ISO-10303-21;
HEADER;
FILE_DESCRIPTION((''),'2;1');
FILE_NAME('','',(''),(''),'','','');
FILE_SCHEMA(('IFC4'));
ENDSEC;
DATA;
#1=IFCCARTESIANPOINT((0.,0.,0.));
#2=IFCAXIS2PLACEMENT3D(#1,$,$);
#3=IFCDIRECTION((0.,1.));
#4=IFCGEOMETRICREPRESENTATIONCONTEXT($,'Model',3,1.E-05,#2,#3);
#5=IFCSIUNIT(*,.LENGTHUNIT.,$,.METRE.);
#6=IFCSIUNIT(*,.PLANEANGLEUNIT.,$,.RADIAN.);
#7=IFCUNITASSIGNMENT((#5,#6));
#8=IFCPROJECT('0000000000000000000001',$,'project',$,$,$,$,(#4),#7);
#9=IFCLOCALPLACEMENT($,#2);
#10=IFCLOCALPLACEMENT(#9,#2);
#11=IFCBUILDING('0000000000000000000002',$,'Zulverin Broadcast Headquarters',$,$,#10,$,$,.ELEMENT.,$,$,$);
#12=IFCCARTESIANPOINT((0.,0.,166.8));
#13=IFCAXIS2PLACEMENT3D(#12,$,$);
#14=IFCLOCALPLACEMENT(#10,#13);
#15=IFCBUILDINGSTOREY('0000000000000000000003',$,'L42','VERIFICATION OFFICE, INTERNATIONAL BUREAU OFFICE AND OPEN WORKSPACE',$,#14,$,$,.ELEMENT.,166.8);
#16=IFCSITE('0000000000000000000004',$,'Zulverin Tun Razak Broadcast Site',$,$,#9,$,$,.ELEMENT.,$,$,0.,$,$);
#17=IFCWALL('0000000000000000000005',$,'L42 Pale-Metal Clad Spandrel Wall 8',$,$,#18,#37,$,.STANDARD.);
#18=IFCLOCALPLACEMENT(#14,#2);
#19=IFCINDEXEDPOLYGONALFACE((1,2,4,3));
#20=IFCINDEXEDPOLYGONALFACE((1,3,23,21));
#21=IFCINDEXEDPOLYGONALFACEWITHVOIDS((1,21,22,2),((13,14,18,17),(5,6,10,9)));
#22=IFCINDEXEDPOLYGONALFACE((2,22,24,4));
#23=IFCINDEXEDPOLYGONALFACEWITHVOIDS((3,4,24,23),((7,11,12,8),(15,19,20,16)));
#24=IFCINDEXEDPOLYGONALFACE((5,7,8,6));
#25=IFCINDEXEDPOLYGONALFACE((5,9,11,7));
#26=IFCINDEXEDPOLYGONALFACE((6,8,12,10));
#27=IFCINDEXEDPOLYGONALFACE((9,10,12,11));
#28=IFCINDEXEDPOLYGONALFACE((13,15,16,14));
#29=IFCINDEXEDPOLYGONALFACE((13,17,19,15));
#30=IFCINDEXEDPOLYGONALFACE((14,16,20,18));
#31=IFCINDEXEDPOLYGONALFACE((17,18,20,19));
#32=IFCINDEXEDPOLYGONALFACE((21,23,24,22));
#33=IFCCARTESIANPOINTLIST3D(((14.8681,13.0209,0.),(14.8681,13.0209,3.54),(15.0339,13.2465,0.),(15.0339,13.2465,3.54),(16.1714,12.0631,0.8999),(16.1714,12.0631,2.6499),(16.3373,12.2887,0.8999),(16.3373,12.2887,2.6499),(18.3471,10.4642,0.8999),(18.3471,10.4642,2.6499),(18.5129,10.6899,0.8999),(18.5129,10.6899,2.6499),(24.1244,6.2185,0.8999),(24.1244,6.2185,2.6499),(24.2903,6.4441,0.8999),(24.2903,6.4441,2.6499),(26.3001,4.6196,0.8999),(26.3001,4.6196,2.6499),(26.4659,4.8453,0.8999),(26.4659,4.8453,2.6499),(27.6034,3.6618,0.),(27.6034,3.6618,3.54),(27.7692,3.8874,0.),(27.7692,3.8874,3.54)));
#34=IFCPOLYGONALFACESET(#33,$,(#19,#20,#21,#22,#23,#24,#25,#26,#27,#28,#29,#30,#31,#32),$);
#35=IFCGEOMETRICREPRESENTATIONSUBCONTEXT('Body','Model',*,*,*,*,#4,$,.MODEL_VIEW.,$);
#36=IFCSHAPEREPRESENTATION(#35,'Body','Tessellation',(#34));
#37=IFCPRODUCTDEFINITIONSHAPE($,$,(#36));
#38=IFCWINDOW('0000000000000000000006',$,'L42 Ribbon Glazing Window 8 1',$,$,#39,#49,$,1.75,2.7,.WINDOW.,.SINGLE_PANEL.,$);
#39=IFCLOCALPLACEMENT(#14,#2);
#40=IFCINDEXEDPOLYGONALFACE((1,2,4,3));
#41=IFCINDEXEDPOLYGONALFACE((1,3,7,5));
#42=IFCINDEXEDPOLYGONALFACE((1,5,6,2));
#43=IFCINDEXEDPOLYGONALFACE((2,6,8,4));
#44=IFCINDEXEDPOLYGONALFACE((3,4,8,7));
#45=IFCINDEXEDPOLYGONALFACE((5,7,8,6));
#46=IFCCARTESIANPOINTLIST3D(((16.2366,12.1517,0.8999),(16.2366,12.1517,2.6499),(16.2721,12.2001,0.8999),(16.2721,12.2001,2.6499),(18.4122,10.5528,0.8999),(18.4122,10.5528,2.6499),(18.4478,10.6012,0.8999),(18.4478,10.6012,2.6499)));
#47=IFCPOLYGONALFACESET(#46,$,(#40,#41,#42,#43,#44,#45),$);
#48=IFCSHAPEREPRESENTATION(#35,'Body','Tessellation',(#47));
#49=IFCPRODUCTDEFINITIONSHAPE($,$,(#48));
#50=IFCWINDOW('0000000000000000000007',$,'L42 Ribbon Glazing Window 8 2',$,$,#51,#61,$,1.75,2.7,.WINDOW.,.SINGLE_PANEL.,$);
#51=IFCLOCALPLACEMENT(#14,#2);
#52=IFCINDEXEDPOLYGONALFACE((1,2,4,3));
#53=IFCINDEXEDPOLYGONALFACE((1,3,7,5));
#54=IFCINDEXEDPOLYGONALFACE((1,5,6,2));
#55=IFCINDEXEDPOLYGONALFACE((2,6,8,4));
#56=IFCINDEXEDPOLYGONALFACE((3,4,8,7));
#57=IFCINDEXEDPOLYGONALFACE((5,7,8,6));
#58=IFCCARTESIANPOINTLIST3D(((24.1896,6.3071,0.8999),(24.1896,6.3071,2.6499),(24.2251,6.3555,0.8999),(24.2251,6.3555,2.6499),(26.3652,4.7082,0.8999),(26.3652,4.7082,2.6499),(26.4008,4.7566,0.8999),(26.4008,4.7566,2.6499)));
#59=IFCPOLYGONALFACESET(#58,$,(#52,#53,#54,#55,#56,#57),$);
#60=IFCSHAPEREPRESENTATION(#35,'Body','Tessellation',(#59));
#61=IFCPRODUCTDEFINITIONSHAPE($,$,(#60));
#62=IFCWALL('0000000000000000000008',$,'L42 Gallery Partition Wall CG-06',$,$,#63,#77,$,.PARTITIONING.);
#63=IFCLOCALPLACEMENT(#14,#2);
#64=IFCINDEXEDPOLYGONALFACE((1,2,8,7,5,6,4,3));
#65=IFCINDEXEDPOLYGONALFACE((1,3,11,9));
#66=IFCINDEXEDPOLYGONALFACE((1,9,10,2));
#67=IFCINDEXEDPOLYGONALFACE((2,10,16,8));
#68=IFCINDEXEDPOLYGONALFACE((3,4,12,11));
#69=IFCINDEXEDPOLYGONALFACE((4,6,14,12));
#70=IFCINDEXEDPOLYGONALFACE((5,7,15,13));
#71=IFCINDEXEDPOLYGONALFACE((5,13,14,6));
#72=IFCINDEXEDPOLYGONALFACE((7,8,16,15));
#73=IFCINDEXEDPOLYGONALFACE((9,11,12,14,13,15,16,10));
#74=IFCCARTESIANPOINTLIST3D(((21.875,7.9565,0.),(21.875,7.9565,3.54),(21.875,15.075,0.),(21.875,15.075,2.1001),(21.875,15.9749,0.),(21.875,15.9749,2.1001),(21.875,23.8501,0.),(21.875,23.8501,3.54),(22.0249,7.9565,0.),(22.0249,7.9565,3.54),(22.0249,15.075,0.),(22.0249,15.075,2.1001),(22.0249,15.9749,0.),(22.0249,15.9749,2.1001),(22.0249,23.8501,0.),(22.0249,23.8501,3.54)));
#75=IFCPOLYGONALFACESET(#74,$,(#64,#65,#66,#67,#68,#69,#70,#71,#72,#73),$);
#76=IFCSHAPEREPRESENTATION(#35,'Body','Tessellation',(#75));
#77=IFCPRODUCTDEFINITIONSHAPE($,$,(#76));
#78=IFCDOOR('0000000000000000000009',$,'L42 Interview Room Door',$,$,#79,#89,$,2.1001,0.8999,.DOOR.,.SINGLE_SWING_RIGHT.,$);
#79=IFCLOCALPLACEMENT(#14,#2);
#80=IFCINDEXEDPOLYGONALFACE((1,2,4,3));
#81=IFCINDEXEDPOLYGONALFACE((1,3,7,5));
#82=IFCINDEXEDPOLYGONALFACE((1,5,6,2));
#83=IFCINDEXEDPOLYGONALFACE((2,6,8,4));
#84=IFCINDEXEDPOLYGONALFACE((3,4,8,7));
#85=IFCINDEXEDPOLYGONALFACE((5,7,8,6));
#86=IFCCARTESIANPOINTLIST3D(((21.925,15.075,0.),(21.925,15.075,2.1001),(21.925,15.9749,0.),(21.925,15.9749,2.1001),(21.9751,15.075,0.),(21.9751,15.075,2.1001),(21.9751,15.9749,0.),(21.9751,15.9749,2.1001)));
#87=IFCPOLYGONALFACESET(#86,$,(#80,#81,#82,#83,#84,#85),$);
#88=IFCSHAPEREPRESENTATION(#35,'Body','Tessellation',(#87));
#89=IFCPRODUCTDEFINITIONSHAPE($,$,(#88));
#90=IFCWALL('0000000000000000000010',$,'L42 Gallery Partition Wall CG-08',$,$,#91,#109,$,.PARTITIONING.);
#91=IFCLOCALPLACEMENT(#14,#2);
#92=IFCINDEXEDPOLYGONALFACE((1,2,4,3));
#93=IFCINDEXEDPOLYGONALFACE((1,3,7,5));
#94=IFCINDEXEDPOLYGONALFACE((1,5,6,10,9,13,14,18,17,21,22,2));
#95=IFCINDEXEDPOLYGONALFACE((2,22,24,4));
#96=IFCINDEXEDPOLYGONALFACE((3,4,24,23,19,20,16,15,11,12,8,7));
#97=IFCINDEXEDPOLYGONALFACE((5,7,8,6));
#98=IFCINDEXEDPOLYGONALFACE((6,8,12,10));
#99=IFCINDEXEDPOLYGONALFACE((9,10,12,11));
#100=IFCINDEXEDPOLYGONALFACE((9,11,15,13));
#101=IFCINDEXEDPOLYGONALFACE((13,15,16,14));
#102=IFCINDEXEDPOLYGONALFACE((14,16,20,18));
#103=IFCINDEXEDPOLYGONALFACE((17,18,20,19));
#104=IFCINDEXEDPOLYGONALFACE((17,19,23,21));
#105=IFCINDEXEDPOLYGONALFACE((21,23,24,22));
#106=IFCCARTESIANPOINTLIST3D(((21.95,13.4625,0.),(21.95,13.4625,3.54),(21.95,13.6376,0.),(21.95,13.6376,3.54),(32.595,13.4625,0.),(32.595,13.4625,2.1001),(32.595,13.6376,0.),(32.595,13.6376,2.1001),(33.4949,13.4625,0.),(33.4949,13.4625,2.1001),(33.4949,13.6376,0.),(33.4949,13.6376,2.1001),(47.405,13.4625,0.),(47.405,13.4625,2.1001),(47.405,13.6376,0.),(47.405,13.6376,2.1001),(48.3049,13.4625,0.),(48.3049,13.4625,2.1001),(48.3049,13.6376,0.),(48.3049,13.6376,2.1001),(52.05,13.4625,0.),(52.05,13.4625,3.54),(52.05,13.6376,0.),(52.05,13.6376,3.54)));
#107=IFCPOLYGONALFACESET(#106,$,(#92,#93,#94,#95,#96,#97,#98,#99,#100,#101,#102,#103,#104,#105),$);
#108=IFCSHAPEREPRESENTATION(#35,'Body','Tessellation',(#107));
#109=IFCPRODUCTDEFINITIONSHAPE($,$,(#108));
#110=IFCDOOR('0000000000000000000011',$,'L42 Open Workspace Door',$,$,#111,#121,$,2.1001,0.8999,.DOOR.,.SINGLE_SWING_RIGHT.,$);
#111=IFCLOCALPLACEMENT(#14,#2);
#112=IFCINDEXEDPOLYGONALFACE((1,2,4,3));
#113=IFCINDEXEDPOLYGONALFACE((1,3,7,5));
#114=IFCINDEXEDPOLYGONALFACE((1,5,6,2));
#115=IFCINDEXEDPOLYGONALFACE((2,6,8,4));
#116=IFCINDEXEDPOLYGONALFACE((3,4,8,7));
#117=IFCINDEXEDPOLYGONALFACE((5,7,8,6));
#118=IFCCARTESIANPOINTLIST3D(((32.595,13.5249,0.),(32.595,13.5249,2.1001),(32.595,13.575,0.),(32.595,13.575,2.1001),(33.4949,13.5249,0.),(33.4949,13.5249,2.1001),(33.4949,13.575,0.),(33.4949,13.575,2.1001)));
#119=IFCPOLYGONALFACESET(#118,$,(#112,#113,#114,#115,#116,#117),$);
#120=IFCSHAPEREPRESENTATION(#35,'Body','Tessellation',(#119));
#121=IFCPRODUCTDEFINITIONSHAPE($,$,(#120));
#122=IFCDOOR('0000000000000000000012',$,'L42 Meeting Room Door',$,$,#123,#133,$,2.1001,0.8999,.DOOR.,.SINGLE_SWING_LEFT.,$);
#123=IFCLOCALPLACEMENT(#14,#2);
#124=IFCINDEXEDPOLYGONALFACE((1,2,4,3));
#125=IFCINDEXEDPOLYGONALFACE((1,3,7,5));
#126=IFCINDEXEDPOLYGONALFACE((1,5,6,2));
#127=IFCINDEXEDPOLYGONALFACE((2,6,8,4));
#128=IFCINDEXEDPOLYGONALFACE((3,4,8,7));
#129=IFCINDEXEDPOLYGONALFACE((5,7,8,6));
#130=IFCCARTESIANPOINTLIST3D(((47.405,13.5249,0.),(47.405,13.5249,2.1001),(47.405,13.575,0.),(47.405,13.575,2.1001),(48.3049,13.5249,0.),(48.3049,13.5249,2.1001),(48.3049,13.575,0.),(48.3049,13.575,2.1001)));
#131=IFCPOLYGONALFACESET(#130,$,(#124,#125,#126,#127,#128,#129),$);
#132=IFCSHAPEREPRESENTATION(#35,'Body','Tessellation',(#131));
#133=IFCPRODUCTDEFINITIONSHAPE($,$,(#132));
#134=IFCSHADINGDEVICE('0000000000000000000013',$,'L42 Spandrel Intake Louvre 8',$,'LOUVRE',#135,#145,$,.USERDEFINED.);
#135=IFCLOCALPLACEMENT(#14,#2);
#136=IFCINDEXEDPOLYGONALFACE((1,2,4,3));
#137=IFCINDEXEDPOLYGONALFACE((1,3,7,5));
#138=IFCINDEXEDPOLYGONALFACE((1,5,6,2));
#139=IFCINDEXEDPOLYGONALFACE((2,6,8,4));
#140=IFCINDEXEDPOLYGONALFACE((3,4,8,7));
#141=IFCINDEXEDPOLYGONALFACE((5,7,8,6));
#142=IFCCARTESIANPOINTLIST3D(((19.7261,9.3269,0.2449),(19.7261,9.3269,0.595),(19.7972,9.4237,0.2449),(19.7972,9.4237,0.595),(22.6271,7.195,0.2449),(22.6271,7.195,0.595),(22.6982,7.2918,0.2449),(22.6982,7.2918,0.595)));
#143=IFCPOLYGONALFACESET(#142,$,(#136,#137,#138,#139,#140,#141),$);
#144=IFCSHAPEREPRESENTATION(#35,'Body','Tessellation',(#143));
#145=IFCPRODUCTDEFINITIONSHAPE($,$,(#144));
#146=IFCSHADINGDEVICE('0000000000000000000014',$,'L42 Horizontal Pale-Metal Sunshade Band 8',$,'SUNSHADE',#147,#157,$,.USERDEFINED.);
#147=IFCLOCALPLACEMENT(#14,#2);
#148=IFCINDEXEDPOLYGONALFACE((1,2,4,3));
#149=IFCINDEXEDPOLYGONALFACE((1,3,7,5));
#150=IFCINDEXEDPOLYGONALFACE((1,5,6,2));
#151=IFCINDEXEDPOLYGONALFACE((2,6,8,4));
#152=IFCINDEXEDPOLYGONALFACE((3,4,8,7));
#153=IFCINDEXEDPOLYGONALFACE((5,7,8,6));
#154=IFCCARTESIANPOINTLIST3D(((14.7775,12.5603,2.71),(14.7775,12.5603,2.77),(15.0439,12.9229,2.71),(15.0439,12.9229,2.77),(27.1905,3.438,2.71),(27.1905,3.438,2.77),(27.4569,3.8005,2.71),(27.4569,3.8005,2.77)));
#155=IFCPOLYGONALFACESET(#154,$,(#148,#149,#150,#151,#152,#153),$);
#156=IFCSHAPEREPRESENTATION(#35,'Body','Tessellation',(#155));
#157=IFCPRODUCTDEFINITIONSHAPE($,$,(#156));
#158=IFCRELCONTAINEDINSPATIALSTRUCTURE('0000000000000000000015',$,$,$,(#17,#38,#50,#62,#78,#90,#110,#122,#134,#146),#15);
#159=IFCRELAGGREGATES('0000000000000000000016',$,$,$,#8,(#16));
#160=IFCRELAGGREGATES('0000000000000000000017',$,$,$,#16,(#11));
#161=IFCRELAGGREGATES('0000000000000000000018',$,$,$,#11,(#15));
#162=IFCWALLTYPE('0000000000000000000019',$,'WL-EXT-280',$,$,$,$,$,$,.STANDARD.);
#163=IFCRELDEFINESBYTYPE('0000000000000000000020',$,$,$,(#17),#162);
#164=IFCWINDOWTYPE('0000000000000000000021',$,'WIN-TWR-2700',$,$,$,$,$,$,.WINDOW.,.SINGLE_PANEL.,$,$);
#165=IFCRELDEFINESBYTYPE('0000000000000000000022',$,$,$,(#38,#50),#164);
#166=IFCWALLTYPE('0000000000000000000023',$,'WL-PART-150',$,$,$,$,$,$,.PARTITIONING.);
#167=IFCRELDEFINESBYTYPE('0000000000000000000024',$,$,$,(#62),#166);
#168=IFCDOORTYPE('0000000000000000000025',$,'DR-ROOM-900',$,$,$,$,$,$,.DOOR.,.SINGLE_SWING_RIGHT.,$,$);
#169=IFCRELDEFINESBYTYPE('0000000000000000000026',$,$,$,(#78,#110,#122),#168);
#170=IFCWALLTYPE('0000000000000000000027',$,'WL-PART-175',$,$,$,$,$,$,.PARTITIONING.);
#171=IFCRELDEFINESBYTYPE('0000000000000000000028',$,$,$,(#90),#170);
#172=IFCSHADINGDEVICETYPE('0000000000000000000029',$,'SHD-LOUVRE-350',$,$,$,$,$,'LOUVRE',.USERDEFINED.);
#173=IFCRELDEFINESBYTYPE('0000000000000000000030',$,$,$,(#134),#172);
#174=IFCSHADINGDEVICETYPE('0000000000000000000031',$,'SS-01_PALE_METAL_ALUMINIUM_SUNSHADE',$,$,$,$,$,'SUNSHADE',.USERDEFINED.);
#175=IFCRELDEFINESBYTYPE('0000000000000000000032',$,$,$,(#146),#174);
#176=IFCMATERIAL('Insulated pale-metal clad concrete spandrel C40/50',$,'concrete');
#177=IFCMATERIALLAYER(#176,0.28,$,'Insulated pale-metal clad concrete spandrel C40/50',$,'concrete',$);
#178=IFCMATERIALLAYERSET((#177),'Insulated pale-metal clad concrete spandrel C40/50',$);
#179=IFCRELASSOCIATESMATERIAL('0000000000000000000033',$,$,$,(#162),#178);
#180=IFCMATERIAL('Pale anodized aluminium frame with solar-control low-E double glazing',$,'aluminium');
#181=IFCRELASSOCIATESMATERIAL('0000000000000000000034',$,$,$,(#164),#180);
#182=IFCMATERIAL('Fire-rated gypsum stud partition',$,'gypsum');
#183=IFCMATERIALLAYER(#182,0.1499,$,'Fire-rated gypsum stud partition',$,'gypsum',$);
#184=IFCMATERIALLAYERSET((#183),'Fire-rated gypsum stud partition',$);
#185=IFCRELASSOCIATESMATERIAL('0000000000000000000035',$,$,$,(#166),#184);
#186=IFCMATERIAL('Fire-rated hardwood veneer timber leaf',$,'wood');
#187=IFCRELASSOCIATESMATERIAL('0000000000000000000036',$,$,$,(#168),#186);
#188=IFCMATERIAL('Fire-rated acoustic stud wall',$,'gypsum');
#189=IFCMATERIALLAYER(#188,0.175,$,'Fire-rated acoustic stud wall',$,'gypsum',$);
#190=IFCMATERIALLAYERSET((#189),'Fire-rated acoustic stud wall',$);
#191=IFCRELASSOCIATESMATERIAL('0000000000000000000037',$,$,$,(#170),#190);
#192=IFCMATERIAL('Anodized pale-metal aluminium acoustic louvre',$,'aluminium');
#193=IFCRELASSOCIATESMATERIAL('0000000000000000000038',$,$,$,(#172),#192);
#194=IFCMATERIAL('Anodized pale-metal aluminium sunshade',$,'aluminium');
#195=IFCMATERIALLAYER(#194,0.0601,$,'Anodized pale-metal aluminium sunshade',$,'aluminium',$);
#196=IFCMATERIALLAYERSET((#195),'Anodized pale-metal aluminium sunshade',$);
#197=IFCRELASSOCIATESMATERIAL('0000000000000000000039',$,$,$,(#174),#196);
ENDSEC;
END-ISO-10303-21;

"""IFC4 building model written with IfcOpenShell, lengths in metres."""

from ifc_helpers import new_model, si_unit, direction, frame, frame_2d, origin, origin_2d, place, context, subcontext, project, spatial, rectangle, extrude, material, layer, layer_set, type_object, element, fill, save


model = new_model("IFC4")

# Units and contexts
model_context = context("Model", 3, precision=1e-05, world=origin(), true_north=direction((0.0, 1.0)))
body_context = subcontext(model_context, "Body", "Model", "MODEL_VIEW")
ifc_project = project(units=[si_unit("LENGTHUNIT", "METRE"), si_unit("PLANEANGLEUNIT", "RADIAN")], contexts=[model_context])

# Site, building, storey
site_placement = place(None, origin())
site = spatial("IfcSite", under=ifc_project, at=site_placement, Name="Zulverin Tun Razak Broadcast Site", CompositionType="ELEMENT", RefElevation=0.0)
building_placement = place(site_placement, origin())
building = spatial("IfcBuilding", under=site, at=building_placement, Name="Zulverin Broadcast Headquarters", CompositionType="ELEMENT")
storey_placement = place(building_placement, frame((0.0, 0.0, 166.8)))
storey = spatial("IfcBuildingStorey", under=building, at=storey_placement, Name="L42", Description="VERIFICATION OFFICE, INTERNATIONAL BUREAU OFFICE AND OPEN WORKSPACE", CompositionType="ELEMENT", Elevation=166.8)

# Wall, openings, windows
ifc_material_1 = material(Name="Insulated pale-metal clad concrete spandrel C40/50", Category="concrete")
ifc_layer_1 = layer(ifc_material_1, 0.28, Name="Insulated pale-metal clad concrete spandrel C40/50", Category="concrete")
ifc_layer_set_1 = layer_set([ifc_layer_1], Name="Insulated pale-metal clad concrete spandrel C40/50")
wall_type_1 = type_object("IfcWallType", Name="WL-EXT-280", PredefinedType="STANDARD", material=ifc_layer_set_1)
wall_1_placement = place(storey_placement, frame((14.9509, 13.1338, 0.0), z_axis=(0.0, 0.0, 1.0), x_axis=(0.805805, -0.592181, 0.0)))
wall_1 = element("IfcWall", 1, at=wall_1_placement, inside=storey, type_object=wall_type_1, Name="L42 Pale-Metal Clad Spandrel Wall 8", PredefinedType="STANDARD", context=body_context, shape_type="SweptSolid", body=[
    extrude(rectangle(XDim=15.8044, YDim=0.28, at=frame_2d((7.9023, 0.0))), origin(), (0.0, 0.0, 1.0), 3.54),
])
opening_1_placement = place(wall_1_placement, frame((1.6174, 0.0, 0.8999)))
opening_1 = element("IfcOpeningElement", 2, at=opening_1_placement, cuts=wall_1, PredefinedType="OPENING", context=body_context, shape_type="SweptSolid", body=[
    extrude(rectangle(XDim=2.7, YDim=1.75, at=frame_2d((1.3501, 0.875))), frame((0.0, 0.1499, 0.0), z_axis=(0.0, -1.0, 0.0), x_axis=(1.0, 0.0, 0.0)), (0.0, 0.0, 1.0), 0.3),
])
opening_2_placement = place(wall_1_placement, frame((11.4871, 0.0, 0.8999)))
opening_2 = element("IfcOpeningElement", 3, at=opening_2_placement, cuts=wall_1, PredefinedType="OPENING", context=body_context, shape_type="SweptSolid", body=[
    extrude(rectangle(XDim=2.7, YDim=1.75, at=frame_2d((1.3501, 0.875))), frame((0.0, 0.1499, 0.0), z_axis=(0.0, -1.0, 0.0), x_axis=(1.0, 0.0, 0.0)), (0.0, 0.0, 1.0), 0.3),
])
ifc_material_2 = material(Name="Pale anodized aluminium frame with solar-control low-E double glazing", Category="aluminium")
window_type = type_object("IfcWindowType", Name="WIN-TWR-2700", PartitioningType="SINGLE_PANEL", PredefinedType="WINDOW", material=ifc_material_2)
window_1_placement = place(opening_1_placement, origin())
window_1 = element("IfcWindow", 4, at=window_1_placement, inside=storey, type_object=window_type, Name="L42 Ribbon Glazing Window 8 1", OverallHeight=1.75, OverallWidth=2.7, PartitioningType="SINGLE_PANEL", PredefinedType="WINDOW", context=body_context, shape_type="SweptSolid", body=[
    extrude(rectangle(XDim=2.7, YDim=1.75, at=frame_2d((1.3501, 0.875))), frame((0.0, 0.03, 0.0), z_axis=(0.0, -1.0, 0.0), x_axis=(1.0, 0.0, 0.0)), (0.0, 0.0, 1.0), 0.0601),
])
fill(opening_1, window_1)
window_2_placement = place(opening_2_placement, origin())
window_2 = element("IfcWindow", 5, at=window_2_placement, inside=storey, type_object=window_type, Name="L42 Ribbon Glazing Window 8 2", OverallHeight=1.75, OverallWidth=2.7, PartitioningType="SINGLE_PANEL", PredefinedType="WINDOW", context=body_context, shape_type="SweptSolid", body=[
    extrude(rectangle(XDim=2.7, YDim=1.75, at=frame_2d((1.3501, 0.875))), frame((0.0, 0.03, 0.0), z_axis=(0.0, -1.0, 0.0), x_axis=(1.0, 0.0, 0.0)), (0.0, 0.0, 1.0), 0.0601),
])
fill(opening_2, window_2)

# Wall, opening, door
ifc_material_3 = material(Name="Fire-rated gypsum stud partition", Category="gypsum")
ifc_layer_2 = layer(ifc_material_3, 0.1499, Name="Fire-rated gypsum stud partition", Category="gypsum")
ifc_layer_set_2 = layer_set([ifc_layer_2], Name="Fire-rated gypsum stud partition")
wall_type_2 = type_object("IfcWallType", Name="WL-PART-150", PredefinedType="PARTITIONING", material=ifc_layer_set_2)
wall_2_placement = place(storey_placement, frame((21.95, 7.9565, 0.0), z_axis=(0.0, 0.0, 1.0), x_axis=(0.0, 1.0, 0.0)))
wall_2 = element("IfcWall", 6, at=wall_2_placement, inside=storey, type_object=wall_type_2, Name="L42 Gallery Partition Wall CG-06", PredefinedType="PARTITIONING", context=body_context, shape_type="SweptSolid", body=[
    extrude(rectangle(XDim=15.8936, YDim=0.1499, at=frame_2d((7.9468, 0.0))), origin(), (0.0, 0.0, 1.0), 3.54),
])
opening_3_placement = place(wall_2_placement, frame((7.1184, 0.0, 0.0)))
opening_3 = element("IfcOpeningElement", 7, at=opening_3_placement, cuts=wall_2, PredefinedType="OPENING", context=body_context, shape_type="SweptSolid", body=[
    extrude(rectangle(XDim=0.8999, YDim=2.1001, at=frame_2d((0.45, 1.05))), frame((0.0, 0.085, 0.0), z_axis=(0.0, -1.0, 0.0), x_axis=(1.0, 0.0, 0.0)), (0.0, 0.0, 1.0), 0.1699),
])
ifc_material_4 = material(Name="Fire-rated hardwood veneer timber leaf", Category="wood")
door_type_1 = type_object("IfcDoorType", Name="DR-ROOM-900", OperationType="SINGLE_SWING_RIGHT", PredefinedType="DOOR", material=ifc_material_4)
door_1_placement = place(opening_3_placement, origin())
door_1 = element("IfcDoor", 8, at=door_1_placement, inside=storey, type_object=door_type_1, Name="L42 Interview Room Door", OperationType="SINGLE_SWING_RIGHT", OverallHeight=2.1001, OverallWidth=0.8999, PredefinedType="DOOR", context=body_context, shape_type="SweptSolid", body=[
    extrude(rectangle(XDim=0.8999, YDim=2.1001, at=frame_2d((0.45, 1.05))), frame((0.0, 0.0249, 0.0), z_axis=(0.0, -1.0, 0.0), x_axis=(1.0, 0.0, 0.0)), (0.0, 0.0, 1.0), 0.05),
])
fill(opening_3, door_1)

# Wall, openings, doors
ifc_material_5 = material(Name="Fire-rated acoustic stud wall", Category="gypsum")
ifc_layer_3 = layer(ifc_material_5, 0.175, Name="Fire-rated acoustic stud wall", Category="gypsum")
ifc_layer_set_3 = layer_set([ifc_layer_3], Name="Fire-rated acoustic stud wall")
wall_type_3 = type_object("IfcWallType", Name="WL-PART-175", PredefinedType="PARTITIONING", material=ifc_layer_set_3)
wall_3_placement = place(storey_placement, frame((21.95, 13.55, 0.0), z_axis=(0.0, 0.0, 1.0), x_axis=(1.0, 0.0, 0.0)))
wall_3 = element("IfcWall", 9, at=wall_3_placement, inside=storey, type_object=wall_type_3, Name="L42 Gallery Partition Wall CG-08", PredefinedType="PARTITIONING", context=body_context, shape_type="SweptSolid", body=[
    extrude(rectangle(XDim=30.1001, YDim=0.175, at=frame_2d((15.05, 0.0))), origin(), (0.0, 0.0, 1.0), 3.54),
])
opening_4_placement = place(wall_3_placement, frame((10.645, 0.0, 0.0)))
opening_4 = element("IfcOpeningElement", 10, at=opening_4_placement, cuts=wall_3, PredefinedType="OPENING", context=body_context, shape_type="SweptSolid", body=[
    extrude(rectangle(XDim=0.8999, YDim=2.1001, at=frame_2d((0.45, 1.05))), frame((0.0, 0.0974, 0.0), z_axis=(0.0, -1.0, 0.0), x_axis=(1.0, 0.0, 0.0)), (0.0, 0.0, 1.0), 0.1951),
])
opening_5_placement = place(wall_3_placement, frame((25.4551, 0.0, 0.0)))
opening_5 = element("IfcOpeningElement", 11, at=opening_5_placement, cuts=wall_3, PredefinedType="OPENING", context=body_context, shape_type="SweptSolid", body=[
    extrude(rectangle(XDim=0.8999, YDim=2.1001, at=frame_2d((0.45, 1.05))), frame((0.0, 0.0974, 0.0), z_axis=(0.0, -1.0, 0.0), x_axis=(1.0, 0.0, 0.0)), (0.0, 0.0, 1.0), 0.1951),
])
door_2_placement = place(opening_4_placement, origin())
door_2 = element("IfcDoor", 12, at=door_2_placement, inside=storey, type_object=door_type_1, Name="L42 Open Workspace Door", OperationType="SINGLE_SWING_RIGHT", OverallHeight=2.1001, OverallWidth=0.8999, PredefinedType="DOOR", context=body_context, shape_type="SweptSolid", body=[
    extrude(rectangle(XDim=0.8999, YDim=2.1001, at=frame_2d((0.45, 1.05))), frame((0.0, 0.0249, 0.0), z_axis=(0.0, -1.0, 0.0), x_axis=(1.0, 0.0, 0.0)), (0.0, 0.0, 1.0), 0.05),
])
fill(opening_4, door_2)
door_3_placement = place(opening_5_placement, origin())
door_3 = element("IfcDoor", 13, at=door_3_placement, inside=storey, type_object=door_type_1, Name="L42 Meeting Room Door", OperationType="SINGLE_SWING_LEFT", OverallHeight=2.1001, OverallWidth=0.8999, PredefinedType="DOOR", context=body_context, shape_type="SweptSolid", body=[
    extrude(rectangle(XDim=0.8999, YDim=2.1001, at=frame_2d((0.45, 1.05))), frame((0.0, 0.0249, 0.0), z_axis=(0.0, -1.0, 0.0), x_axis=(1.0, 0.0, 0.0)), (0.0, 0.0, 1.0), 0.05),
])
fill(opening_5, door_3)

# Shading devices
ifc_material_6 = material(Name="Anodized pale-metal aluminium acoustic louvre", Category="aluminium")
shading_device_type_1 = type_object("IfcShadingDeviceType", Name="SHD-LOUVRE-350", ElementType="LOUVRE", PredefinedType="USERDEFINED", material=ifc_material_6)
shading_device_1_placement = place(storey_placement, frame((21.2122, 8.3093, 0.2449), z_axis=(0.0, 0.0, 1.0), x_axis=(0.805802, -0.592185, 0.0)))
element("IfcShadingDevice", 14, at=shading_device_1_placement, inside=storey, type_object=shading_device_type_1, Name="L42 Spandrel Intake Louvre 8", ObjectType="LOUVRE", PredefinedType="USERDEFINED", context=body_context, shape_type="SweptSolid", body=[
    extrude(rectangle(XDim=3.6001, YDim=0.1201, at=origin_2d()), origin(), (0.0, 0.0, 1.0), 0.3501),
])
ifc_material_7 = material(Name="Anodized pale-metal aluminium sunshade", Category="aluminium")
ifc_layer_4 = layer(ifc_material_7, 0.0601, Name="Anodized pale-metal aluminium sunshade", Category="aluminium")
ifc_layer_set_4 = layer_set([ifc_layer_4], Name="Anodized pale-metal aluminium sunshade")
shading_device_type_2 = type_object("IfcShadingDeviceType", Name="SS-01_PALE_METAL_ALUMINIUM_SUNSHADE", ElementType="SUNSHADE", PredefinedType="USERDEFINED", material=ifc_layer_set_4)
shading_device_2_placement = place(storey_placement, frame((21.1172, 8.1804, 2.71), z_axis=(0.0, 0.0, 1.0), x_axis=(0.805802, -0.592185, 0.0)))
element("IfcShadingDevice", 15, at=shading_device_2_placement, inside=storey, type_object=shading_device_type_2, Name="L42 Horizontal Pale-Metal Sunshade Band 8", ObjectType="SUNSHADE", PredefinedType="USERDEFINED", context=body_context, shape_type="SweptSolid", body=[
    extrude(rectangle(XDim=15.4045, YDim=0.45, at=origin_2d()), origin(), (0.0, 0.0, 1.0), 0.0601),
])

save(model, "model.ifc")
